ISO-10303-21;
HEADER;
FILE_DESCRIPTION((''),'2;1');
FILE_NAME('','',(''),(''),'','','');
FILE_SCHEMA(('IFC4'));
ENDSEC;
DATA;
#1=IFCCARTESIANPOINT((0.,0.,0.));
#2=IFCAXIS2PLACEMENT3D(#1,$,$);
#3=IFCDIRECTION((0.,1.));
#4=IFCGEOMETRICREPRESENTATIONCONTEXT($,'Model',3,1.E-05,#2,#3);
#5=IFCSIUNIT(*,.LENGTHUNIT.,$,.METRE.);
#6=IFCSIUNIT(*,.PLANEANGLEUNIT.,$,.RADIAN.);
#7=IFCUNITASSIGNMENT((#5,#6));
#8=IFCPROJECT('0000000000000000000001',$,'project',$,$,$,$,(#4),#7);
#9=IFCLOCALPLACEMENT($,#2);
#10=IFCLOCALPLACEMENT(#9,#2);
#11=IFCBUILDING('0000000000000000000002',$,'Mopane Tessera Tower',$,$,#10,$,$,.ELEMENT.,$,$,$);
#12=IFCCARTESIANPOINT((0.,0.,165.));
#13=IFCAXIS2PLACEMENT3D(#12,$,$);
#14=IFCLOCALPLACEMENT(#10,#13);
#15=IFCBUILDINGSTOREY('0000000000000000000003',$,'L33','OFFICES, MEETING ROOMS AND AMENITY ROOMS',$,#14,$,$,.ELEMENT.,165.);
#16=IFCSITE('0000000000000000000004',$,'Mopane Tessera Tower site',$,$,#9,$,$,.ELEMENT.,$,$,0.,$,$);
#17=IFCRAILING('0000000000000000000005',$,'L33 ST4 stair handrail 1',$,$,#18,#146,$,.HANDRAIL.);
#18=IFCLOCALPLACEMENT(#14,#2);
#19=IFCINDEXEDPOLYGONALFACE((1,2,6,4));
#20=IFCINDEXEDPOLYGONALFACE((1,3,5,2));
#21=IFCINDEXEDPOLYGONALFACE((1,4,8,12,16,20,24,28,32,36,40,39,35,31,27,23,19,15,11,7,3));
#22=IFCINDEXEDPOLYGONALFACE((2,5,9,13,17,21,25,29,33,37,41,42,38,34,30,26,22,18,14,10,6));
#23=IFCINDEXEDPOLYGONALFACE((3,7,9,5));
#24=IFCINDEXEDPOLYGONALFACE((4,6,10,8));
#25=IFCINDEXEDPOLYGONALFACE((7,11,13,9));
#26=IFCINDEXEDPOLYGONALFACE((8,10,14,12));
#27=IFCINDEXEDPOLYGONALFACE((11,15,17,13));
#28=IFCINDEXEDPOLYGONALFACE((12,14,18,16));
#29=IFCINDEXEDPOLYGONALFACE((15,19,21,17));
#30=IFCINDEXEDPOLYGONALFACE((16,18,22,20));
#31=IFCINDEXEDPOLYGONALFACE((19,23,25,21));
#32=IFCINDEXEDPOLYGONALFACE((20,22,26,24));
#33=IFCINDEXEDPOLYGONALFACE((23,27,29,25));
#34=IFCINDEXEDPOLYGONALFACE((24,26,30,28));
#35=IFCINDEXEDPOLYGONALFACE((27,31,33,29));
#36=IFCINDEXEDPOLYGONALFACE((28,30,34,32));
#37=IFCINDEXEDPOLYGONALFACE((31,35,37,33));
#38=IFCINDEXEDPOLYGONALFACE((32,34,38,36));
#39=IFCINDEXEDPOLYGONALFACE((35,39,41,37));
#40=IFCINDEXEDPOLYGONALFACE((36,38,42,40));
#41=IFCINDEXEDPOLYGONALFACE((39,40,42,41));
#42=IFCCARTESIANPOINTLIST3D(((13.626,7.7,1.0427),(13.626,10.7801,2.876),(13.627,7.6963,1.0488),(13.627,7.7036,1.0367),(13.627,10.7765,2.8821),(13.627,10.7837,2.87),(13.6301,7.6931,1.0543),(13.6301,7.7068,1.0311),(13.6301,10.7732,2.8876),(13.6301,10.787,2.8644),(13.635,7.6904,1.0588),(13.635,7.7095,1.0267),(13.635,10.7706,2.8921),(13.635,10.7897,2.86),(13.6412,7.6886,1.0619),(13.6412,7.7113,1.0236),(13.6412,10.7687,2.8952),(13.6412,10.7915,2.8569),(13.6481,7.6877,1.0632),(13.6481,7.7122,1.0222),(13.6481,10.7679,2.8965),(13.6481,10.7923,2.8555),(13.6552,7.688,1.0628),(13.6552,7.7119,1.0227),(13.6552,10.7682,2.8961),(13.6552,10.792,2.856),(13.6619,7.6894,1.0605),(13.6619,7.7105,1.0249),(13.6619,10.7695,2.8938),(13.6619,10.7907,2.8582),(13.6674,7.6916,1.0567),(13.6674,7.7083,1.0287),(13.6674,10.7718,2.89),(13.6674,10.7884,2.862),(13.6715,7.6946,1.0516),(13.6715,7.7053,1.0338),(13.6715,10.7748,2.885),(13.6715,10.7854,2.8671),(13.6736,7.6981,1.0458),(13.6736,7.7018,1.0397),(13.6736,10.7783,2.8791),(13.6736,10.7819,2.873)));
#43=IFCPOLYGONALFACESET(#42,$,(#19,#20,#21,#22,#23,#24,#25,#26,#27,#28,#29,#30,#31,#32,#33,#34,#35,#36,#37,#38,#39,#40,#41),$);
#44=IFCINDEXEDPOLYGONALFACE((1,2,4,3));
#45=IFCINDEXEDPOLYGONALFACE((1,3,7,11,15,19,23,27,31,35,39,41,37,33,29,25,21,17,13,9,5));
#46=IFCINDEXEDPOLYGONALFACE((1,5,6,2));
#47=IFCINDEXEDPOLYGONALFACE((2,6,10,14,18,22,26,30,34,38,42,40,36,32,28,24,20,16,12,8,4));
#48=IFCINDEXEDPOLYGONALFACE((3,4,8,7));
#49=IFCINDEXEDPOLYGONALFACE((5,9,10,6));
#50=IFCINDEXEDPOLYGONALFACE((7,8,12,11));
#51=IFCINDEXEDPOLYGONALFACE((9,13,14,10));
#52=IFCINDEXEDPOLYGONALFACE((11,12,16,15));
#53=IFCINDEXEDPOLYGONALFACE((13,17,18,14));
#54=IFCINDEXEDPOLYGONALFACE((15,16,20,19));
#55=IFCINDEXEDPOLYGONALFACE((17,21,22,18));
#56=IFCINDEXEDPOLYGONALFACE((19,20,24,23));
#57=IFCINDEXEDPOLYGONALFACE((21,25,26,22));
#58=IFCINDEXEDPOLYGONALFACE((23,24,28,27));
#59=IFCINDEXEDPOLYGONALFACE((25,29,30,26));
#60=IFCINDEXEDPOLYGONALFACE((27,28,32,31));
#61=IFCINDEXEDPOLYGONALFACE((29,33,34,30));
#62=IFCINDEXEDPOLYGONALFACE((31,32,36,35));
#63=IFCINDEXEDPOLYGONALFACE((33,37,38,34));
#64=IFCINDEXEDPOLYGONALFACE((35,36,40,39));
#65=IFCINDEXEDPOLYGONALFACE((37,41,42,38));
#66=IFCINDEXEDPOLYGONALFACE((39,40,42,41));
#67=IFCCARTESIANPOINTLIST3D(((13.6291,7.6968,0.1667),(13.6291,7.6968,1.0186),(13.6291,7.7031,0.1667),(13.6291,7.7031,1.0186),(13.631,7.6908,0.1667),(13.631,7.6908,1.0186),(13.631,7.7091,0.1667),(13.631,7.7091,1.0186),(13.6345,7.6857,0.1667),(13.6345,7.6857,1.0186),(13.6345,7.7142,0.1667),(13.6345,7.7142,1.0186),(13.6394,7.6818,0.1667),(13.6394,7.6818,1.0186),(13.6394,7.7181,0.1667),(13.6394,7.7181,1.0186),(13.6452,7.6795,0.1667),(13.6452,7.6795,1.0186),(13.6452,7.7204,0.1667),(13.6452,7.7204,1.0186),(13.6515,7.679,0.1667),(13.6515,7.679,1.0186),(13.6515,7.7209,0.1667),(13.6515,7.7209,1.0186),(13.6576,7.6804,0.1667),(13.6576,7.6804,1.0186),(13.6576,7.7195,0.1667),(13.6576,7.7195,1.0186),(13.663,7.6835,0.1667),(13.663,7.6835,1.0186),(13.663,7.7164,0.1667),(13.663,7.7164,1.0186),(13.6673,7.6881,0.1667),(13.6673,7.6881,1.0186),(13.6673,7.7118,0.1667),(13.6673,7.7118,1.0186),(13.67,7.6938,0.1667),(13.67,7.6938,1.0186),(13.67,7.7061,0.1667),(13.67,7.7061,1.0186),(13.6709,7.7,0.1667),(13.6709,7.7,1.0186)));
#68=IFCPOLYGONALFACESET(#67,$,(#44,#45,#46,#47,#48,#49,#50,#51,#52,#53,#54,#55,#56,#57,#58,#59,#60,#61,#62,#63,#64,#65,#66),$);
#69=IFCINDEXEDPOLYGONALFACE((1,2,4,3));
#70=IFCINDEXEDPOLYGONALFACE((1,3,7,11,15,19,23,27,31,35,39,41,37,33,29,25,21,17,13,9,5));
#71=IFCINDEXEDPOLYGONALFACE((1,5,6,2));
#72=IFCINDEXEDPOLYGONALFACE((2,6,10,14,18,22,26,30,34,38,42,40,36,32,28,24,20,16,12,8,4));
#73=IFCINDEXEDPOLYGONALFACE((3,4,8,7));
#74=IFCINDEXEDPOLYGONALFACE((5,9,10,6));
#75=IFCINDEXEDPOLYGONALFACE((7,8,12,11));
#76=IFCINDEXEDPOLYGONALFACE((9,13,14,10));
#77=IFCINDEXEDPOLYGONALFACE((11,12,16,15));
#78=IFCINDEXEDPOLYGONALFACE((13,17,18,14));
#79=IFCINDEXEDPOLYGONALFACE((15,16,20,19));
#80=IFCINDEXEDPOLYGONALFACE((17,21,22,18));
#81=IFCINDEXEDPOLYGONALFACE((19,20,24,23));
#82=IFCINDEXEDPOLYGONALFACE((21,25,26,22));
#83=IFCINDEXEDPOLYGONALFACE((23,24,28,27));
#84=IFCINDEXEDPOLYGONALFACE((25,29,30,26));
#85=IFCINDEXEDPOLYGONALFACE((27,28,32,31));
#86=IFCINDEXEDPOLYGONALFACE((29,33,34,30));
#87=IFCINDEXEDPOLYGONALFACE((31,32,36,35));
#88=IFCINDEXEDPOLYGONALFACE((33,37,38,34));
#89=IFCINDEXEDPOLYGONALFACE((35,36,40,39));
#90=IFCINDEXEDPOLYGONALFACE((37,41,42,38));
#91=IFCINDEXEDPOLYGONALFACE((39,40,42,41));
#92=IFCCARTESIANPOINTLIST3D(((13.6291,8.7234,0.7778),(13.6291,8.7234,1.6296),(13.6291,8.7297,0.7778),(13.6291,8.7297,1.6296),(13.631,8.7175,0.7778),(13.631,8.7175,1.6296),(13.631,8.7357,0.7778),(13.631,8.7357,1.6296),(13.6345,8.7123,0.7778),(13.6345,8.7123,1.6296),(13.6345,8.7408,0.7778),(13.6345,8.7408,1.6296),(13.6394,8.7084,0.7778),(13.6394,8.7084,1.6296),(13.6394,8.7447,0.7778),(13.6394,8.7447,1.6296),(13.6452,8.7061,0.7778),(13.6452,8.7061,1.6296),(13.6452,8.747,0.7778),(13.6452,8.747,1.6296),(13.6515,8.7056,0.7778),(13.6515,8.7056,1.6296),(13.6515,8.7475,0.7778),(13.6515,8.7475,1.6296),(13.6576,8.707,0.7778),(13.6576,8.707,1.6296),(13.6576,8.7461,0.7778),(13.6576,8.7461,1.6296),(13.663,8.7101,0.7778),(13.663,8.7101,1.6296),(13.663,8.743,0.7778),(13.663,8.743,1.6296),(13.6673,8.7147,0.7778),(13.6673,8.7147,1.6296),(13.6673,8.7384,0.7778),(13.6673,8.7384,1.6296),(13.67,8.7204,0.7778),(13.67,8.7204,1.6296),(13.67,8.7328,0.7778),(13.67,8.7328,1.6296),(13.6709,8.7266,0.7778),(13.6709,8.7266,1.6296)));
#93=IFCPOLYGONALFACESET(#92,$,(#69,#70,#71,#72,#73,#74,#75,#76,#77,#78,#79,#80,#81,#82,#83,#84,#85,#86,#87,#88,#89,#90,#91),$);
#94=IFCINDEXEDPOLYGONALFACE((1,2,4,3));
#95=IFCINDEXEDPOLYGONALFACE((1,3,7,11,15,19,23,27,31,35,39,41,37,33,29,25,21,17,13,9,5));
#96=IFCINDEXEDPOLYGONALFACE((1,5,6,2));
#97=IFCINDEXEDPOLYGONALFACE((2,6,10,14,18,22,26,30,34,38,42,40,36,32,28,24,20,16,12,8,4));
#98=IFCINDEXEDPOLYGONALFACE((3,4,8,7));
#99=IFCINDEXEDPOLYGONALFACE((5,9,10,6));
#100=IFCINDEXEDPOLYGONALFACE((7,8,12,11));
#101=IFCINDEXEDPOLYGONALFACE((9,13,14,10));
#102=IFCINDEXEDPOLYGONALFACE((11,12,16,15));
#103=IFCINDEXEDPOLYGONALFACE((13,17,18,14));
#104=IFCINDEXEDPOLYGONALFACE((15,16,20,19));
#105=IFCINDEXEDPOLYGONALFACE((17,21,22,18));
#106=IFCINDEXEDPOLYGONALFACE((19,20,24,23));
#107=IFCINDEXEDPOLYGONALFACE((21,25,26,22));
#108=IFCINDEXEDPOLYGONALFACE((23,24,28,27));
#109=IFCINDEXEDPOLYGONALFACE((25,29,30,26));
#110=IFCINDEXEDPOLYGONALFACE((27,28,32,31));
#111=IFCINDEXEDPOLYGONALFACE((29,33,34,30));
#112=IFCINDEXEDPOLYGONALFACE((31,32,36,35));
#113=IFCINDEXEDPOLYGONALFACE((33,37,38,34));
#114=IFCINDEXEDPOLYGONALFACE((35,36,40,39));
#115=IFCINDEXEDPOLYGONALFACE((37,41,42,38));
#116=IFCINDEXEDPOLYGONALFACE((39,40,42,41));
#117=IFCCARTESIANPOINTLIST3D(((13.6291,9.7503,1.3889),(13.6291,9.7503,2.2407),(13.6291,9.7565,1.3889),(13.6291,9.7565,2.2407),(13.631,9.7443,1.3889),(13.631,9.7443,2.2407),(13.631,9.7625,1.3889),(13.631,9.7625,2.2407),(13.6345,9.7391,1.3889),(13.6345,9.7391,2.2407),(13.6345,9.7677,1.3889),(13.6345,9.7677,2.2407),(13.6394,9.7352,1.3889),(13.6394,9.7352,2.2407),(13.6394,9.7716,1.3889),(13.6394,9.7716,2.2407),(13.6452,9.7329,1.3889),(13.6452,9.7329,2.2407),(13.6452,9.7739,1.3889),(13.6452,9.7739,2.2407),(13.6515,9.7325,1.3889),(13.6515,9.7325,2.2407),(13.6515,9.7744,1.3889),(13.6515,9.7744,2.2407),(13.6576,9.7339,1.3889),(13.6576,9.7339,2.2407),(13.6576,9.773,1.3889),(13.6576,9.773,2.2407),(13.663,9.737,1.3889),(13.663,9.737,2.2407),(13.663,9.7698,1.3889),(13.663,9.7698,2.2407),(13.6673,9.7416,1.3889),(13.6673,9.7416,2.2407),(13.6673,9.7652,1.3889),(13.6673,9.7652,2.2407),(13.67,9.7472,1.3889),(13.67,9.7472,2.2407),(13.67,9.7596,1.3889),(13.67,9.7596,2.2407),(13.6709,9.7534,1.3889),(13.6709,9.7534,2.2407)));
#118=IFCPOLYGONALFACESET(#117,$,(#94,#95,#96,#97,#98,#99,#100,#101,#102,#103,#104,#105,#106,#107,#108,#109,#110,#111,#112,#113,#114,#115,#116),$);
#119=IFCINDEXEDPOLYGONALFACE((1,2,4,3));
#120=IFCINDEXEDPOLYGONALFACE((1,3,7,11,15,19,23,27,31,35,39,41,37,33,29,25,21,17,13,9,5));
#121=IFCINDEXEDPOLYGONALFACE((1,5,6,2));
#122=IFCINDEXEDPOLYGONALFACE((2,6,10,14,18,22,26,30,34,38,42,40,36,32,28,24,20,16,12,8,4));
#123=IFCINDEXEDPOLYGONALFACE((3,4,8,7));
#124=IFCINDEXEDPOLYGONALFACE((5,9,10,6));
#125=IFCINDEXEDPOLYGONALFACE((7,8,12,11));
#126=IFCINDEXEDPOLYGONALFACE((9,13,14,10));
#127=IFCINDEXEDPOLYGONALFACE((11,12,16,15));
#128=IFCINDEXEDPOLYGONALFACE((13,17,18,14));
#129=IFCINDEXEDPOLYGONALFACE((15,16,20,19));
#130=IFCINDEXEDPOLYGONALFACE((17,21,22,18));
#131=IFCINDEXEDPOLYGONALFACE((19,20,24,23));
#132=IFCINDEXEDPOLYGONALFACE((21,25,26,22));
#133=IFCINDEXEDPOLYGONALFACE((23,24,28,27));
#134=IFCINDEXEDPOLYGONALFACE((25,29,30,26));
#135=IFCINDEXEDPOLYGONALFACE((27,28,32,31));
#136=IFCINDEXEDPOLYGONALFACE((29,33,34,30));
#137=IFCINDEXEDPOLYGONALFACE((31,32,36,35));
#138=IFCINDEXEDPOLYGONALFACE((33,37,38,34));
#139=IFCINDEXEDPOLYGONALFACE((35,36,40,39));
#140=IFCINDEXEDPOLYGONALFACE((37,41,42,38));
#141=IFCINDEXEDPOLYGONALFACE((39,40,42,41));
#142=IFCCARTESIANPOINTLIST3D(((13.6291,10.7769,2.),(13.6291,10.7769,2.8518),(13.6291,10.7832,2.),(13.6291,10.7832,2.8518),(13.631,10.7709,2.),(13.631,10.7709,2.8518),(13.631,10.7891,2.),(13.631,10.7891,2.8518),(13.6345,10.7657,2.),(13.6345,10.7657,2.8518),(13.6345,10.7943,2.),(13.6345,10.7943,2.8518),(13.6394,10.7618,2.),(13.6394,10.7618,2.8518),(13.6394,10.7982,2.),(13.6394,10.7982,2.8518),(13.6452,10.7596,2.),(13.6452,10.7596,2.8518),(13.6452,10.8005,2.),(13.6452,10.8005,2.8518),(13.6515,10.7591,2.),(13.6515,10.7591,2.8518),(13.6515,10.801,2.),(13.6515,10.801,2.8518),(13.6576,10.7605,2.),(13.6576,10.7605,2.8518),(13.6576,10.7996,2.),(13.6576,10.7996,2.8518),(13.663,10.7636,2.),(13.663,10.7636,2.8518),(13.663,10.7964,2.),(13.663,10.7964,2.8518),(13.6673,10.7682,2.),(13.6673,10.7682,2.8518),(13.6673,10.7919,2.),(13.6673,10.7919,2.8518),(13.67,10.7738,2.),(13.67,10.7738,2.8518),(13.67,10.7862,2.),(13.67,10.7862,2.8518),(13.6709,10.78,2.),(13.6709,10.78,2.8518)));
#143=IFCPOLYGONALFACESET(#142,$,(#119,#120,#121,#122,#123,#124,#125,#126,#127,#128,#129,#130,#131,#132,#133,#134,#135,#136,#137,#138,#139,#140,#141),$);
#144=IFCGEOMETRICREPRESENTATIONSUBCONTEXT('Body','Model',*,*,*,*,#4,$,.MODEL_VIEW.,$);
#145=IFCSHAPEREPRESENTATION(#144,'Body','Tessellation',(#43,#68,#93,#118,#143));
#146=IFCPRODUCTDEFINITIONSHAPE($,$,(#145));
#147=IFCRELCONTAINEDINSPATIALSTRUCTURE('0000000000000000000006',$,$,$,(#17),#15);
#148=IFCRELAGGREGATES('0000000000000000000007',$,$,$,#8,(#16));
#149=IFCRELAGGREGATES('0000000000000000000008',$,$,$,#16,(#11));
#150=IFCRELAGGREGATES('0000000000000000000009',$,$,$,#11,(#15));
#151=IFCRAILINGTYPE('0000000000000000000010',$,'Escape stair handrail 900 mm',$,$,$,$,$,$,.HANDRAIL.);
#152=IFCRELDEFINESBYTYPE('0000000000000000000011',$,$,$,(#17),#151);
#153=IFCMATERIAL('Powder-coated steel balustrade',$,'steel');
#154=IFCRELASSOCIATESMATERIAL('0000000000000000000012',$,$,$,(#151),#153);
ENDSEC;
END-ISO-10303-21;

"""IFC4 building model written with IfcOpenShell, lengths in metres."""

from ifc_helpers import new_model, si_unit, direction, frame, origin, origin_2d, place, context, subcontext, project, spatial, circle, extrude, material, type_object, element, save


model = new_model("IFC4")

# Units and contexts
model_context = context("Model", 3, precision=1e-05, world=origin(), true_north=direction((0.0, 1.0)))
body_context = subcontext(model_context, "Body", "Model", "MODEL_VIEW")
ifc_project = project(units=[si_unit("LENGTHUNIT", "METRE"), si_unit("PLANEANGLEUNIT", "RADIAN")], contexts=[model_context])

# Site, building, storey
site_placement = place(None, origin())
site = spatial("IfcSite", under=ifc_project, at=site_placement, Name="Mopane Tessera Tower site", CompositionType="ELEMENT", RefElevation=0.0)
building_placement = place(site_placement, origin())
building = spatial("IfcBuilding", under=site, at=building_placement, Name="Mopane Tessera Tower", CompositionType="ELEMENT")
storey_placement = place(building_placement, frame((0.0, 0.0, 165.0)))
storey = spatial("IfcBuildingStorey", under=building, at=storey_placement, Name="L33", Description="OFFICES, MEETING ROOMS AND AMENITY ROOMS", CompositionType="ELEMENT", Elevation=165.0)

# Railing
ifc_material_1 = material(Name="Powder-coated steel balustrade", Category="steel")
railing_type_1 = type_object("IfcRailingType", Name="Escape stair handrail 900 mm", PredefinedType="HANDRAIL", material=ifc_material_1)
railing_1_placement = place(storey_placement, frame((13.6499, 7.7, 0.1667)))
element("IfcRailing", 1, at=railing_1_placement, inside=storey, type_object=railing_type_1, Name="L33 ST4 stair handrail 1", PredefinedType="HANDRAIL", context=body_context, shape_type="SweptSolid", body=[
    extrude(circle(Radius=0.0239, at=origin_2d()), frame((0.0, 0.0, 0.876), z_axis=(0.0, 0.859309, 0.511458), x_axis=(-1.0, 0.0, 0.0)), (0.0, 0.0, 1.0), 3.5845),
    extrude(circle(Radius=0.021, at=origin_2d()), origin(), (0.0, 0.0, 1.0), 0.8518),
    extrude(circle(Radius=0.021, at=origin_2d()), frame((0.0, 1.0266, 0.6111)), (0.0, 0.0, 1.0), 0.8518),
    extrude(circle(Radius=0.021, at=origin_2d()), frame((0.0, 2.0535, 1.2222)), (0.0, 0.0, 1.0), 0.8518),
    extrude(circle(Radius=0.021, at=origin_2d()), frame((0.0, 3.0801, 1.8333)), (0.0, 0.0, 1.0), 0.8518),
])

save(model, "model.ifc")
